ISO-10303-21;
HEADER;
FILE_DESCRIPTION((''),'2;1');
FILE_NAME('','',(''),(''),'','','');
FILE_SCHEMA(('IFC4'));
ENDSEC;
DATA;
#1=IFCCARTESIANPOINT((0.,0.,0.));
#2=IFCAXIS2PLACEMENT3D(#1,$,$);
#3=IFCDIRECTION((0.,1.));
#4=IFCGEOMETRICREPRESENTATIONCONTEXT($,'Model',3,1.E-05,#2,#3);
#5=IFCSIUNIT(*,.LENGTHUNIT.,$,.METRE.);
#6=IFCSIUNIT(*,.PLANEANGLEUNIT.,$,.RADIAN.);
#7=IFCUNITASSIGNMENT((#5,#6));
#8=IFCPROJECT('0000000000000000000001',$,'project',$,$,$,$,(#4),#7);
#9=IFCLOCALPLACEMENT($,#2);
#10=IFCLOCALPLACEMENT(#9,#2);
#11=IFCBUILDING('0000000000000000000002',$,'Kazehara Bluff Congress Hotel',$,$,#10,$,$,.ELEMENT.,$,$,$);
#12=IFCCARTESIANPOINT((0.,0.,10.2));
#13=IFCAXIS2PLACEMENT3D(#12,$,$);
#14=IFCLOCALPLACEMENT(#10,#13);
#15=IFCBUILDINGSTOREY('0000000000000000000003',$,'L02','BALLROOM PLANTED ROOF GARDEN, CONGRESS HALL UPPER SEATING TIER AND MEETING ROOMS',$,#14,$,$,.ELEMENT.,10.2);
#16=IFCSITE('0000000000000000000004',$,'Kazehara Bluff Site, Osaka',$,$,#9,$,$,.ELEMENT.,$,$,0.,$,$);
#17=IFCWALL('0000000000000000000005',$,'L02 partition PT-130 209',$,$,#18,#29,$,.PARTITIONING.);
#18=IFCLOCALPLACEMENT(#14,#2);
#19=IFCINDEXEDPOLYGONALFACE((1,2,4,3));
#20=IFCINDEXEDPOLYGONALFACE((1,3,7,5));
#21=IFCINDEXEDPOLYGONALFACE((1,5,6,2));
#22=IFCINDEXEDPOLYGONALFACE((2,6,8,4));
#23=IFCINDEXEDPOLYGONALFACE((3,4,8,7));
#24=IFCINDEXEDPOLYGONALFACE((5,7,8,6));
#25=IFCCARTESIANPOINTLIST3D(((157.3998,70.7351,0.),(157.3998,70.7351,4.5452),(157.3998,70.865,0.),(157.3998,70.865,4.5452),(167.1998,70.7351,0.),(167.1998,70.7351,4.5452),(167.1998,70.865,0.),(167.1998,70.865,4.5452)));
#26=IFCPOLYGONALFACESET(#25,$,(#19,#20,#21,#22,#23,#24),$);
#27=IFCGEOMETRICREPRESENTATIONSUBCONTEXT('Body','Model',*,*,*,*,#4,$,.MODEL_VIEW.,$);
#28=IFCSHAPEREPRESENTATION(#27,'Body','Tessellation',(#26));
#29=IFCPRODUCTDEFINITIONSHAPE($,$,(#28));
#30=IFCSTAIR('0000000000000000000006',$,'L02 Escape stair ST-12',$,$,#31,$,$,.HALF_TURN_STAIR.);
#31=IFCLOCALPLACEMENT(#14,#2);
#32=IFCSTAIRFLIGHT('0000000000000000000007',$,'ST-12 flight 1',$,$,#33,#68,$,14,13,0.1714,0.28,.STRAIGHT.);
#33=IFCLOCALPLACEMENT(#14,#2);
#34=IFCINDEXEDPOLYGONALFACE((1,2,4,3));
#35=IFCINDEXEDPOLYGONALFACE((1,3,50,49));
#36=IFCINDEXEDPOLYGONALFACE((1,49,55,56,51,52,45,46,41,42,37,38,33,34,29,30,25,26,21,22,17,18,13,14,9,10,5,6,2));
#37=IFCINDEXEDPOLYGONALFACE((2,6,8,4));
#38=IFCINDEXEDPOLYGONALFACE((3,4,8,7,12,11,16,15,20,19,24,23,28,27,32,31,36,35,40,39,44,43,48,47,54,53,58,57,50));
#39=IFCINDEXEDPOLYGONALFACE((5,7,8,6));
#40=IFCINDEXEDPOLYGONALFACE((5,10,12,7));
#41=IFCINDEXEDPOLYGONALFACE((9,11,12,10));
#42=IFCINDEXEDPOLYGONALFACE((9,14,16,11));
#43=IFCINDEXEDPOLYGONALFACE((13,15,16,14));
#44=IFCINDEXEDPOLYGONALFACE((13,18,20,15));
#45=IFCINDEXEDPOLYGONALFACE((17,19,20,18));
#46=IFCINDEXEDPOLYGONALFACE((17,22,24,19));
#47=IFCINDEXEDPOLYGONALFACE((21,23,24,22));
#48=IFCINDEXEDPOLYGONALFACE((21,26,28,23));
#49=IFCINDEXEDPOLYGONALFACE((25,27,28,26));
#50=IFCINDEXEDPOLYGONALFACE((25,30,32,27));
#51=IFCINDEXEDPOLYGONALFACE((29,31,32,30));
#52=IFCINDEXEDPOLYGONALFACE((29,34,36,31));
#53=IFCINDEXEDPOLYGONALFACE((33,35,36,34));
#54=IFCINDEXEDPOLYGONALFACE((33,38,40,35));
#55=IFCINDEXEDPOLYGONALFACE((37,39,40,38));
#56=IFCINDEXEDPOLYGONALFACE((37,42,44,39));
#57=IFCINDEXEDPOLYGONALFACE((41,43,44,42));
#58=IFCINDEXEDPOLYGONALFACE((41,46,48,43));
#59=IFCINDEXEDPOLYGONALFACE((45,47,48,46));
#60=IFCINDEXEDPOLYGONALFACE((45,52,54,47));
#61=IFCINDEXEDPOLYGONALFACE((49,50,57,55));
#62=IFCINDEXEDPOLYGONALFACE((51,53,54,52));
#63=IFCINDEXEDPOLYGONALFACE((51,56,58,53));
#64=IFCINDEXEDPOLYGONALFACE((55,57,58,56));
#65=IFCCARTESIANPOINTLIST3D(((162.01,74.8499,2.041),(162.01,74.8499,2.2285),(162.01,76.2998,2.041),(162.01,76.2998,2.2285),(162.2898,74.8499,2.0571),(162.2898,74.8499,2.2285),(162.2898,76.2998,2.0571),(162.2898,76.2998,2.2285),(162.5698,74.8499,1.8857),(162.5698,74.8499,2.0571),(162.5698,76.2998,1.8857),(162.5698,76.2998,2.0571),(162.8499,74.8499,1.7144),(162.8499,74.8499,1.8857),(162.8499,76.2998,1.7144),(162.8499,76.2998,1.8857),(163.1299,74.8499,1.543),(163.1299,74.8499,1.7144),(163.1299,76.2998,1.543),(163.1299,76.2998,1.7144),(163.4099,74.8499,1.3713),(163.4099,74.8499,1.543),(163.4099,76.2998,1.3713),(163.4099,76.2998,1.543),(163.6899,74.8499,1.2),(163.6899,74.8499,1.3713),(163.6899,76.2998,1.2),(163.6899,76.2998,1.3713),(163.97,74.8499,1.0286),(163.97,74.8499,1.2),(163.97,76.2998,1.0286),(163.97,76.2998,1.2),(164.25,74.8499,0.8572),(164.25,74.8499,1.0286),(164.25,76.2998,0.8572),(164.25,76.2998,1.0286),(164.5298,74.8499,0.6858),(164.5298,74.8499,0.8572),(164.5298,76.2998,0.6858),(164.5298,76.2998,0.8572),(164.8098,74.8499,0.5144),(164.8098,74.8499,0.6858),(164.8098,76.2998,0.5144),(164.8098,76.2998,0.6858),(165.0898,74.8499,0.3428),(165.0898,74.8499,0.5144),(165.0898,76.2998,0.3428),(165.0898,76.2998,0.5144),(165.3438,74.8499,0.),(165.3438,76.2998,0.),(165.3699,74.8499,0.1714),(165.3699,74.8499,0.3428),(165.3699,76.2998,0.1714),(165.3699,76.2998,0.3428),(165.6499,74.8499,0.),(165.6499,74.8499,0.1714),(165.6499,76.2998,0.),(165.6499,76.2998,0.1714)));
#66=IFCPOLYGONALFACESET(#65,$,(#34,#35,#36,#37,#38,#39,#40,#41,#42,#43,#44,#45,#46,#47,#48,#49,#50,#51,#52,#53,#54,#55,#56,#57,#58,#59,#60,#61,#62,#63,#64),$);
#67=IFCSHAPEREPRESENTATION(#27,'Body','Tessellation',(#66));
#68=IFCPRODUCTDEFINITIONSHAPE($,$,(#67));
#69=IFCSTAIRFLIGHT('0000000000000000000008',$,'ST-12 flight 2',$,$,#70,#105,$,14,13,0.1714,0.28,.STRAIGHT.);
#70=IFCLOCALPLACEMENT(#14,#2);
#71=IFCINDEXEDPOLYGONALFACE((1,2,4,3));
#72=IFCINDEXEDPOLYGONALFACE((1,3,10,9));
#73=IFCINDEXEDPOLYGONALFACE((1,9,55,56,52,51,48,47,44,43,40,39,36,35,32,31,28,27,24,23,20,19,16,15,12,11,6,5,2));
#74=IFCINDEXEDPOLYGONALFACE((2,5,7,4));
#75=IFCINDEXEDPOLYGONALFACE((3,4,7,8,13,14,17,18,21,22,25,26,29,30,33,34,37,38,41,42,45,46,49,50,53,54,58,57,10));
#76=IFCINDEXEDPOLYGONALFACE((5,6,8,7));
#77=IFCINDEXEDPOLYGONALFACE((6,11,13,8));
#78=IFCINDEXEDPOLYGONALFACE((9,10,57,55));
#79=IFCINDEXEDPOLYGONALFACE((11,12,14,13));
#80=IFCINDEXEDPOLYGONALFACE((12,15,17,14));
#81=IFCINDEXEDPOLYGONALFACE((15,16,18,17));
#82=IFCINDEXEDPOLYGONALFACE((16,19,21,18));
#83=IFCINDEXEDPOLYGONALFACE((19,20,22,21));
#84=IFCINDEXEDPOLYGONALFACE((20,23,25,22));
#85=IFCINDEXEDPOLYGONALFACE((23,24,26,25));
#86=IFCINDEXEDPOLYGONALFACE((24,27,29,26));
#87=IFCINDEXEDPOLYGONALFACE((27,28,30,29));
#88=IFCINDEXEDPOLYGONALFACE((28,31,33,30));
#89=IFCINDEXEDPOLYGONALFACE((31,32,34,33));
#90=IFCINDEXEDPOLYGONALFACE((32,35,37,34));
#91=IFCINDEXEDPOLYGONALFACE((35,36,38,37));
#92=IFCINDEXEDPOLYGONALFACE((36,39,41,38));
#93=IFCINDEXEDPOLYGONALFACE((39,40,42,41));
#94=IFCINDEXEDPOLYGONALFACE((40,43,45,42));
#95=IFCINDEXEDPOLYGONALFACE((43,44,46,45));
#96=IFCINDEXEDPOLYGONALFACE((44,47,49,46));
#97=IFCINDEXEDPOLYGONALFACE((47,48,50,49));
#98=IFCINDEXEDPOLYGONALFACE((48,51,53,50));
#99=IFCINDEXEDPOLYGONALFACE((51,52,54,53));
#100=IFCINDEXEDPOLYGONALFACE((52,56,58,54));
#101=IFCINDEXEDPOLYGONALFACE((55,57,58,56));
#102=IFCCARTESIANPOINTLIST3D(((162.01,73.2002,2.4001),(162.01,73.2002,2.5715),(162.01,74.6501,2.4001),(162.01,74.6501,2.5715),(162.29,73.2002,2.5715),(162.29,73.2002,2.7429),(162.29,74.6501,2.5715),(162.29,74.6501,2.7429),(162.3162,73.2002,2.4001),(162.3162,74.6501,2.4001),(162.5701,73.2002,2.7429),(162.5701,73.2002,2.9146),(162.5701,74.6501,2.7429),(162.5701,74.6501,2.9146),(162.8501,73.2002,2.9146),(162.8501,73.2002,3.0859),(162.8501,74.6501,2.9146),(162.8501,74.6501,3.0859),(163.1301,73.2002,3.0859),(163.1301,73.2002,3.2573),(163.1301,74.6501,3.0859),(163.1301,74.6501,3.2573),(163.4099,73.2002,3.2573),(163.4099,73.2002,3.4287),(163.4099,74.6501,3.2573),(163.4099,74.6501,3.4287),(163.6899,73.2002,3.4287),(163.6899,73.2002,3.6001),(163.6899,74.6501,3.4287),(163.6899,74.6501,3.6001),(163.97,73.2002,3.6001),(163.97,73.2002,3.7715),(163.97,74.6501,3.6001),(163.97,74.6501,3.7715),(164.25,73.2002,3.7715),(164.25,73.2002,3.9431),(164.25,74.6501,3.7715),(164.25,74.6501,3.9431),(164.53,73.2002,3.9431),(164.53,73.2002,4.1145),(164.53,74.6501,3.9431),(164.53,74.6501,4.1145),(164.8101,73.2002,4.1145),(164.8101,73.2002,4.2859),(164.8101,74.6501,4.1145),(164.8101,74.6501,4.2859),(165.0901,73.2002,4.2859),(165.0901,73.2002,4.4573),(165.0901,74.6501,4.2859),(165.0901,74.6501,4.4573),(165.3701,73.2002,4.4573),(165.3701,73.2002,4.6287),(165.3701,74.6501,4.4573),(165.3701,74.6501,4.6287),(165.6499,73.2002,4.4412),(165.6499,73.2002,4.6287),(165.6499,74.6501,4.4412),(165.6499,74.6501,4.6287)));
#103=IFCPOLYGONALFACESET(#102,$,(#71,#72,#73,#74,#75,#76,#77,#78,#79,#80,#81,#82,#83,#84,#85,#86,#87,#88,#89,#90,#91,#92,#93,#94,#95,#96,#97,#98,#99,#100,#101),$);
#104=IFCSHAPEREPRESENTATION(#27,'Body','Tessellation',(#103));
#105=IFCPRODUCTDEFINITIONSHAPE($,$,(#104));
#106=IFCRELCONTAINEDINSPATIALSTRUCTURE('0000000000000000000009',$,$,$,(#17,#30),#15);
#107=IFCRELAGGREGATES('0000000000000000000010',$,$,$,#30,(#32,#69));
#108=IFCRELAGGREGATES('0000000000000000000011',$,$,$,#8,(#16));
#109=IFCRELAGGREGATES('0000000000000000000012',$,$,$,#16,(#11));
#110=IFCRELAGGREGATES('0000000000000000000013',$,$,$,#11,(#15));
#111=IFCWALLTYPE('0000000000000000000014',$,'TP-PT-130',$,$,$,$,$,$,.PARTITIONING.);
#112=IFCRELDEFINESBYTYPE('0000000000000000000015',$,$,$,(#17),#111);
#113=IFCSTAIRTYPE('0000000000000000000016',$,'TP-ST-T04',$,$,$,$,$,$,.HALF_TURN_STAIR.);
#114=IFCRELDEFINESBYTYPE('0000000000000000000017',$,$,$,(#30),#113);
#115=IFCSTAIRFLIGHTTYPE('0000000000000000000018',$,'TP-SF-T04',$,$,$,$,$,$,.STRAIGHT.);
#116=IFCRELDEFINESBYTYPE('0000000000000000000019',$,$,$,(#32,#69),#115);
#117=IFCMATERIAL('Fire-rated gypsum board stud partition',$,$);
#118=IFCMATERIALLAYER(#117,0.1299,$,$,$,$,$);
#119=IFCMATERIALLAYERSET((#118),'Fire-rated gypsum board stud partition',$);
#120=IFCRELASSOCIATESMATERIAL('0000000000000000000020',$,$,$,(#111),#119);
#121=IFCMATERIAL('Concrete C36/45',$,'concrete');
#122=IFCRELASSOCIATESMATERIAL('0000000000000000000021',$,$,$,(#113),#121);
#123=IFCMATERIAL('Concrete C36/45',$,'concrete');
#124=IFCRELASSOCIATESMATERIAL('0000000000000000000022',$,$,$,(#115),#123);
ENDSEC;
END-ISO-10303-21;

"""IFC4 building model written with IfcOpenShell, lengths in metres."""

from ifc_helpers import new_model, si_unit, direction, frame, frame_2d, origin, place, context, subcontext, project, spatial, polyline, rectangle, outline, extrude, material, layer, layer_set, type_object, element, aggregate, save


model = new_model("IFC4")

# Units and contexts
model_context = context("Model", 3, precision=1e-05, world=origin(), true_north=direction((0.0, 1.0)))
body_context = subcontext(model_context, "Body", "Model", "MODEL_VIEW")
ifc_project = project(units=[si_unit("LENGTHUNIT", "METRE"), si_unit("PLANEANGLEUNIT", "RADIAN")], contexts=[model_context])

# Site, building, storey
site_placement = place(None, origin())
site = spatial("IfcSite", under=ifc_project, at=site_placement, Name="Kazehara Bluff Site, Osaka", CompositionType="ELEMENT", RefElevation=0.0)
building_placement = place(site_placement, origin())
building = spatial("IfcBuilding", under=site, at=building_placement, Name="Kazehara Bluff Congress Hotel", CompositionType="ELEMENT")
storey_placement = place(building_placement, frame((0.0, 0.0, 10.2)))
storey = spatial("IfcBuildingStorey", under=building, at=storey_placement, Name="L02", Description="BALLROOM PLANTED ROOF GARDEN, CONGRESS HALL UPPER SEATING TIER AND MEETING ROOMS", CompositionType="ELEMENT", Elevation=10.2)

# Wall
ifc_material_1 = material(Name="Fire-rated gypsum board stud partition")
ifc_layer_1 = layer(ifc_material_1, 0.1299)
ifc_layer_set_1 = layer_set([ifc_layer_1], Name="Fire-rated gypsum board stud partition")
wall_type_1 = type_object("IfcWallType", Name="TP-PT-130", PredefinedType="PARTITIONING", material=ifc_layer_set_1)
wall_1_placement = place(storey_placement, frame((157.3999, 70.8, 0.0), z_axis=(0.0, 0.0, 1.0), x_axis=(1.0, 0.0, 0.0)))
element("IfcWall", 1, at=wall_1_placement, inside=storey, type_object=wall_type_1, Name="L02 partition PT-130 209", PredefinedType="PARTITIONING", context=body_context, shape_type="SweptSolid", body=[
    extrude(rectangle(XDim=9.8, YDim=0.1299, at=frame_2d((4.8999, 0.0))), origin(), (0.0, 0.0, 1.0), 4.5452),
])

# Stair, stair flights
ifc_material_2 = material(Name="Concrete C36/45", Category="concrete")
stair_type = type_object("IfcStairType", Name="TP-ST-T04", PredefinedType="HALF_TURN_STAIR", material=ifc_material_2)
stair_placement = place(storey_placement, origin())
stair = element("IfcStair", 2, at=stair_placement, inside=storey, type_object=stair_type, Name="L02 Escape stair ST-12", PredefinedType="HALF_TURN_STAIR")
ifc_material_3 = material(Name="Concrete C36/45", Category="concrete")
stair_flight_type = type_object("IfcStairFlightType", Name="TP-SF-T04", PredefinedType="STRAIGHT", material=ifc_material_3)
stair_flight_1_placement = place(storey_placement, frame((165.6499, 75.575, 0.0), z_axis=(0.0, 0.0, 1.0), x_axis=(-1.0, 0.0, 0.0)))
stair_flight_1 = element("IfcStairFlight", 3, at=stair_flight_1_placement, type_object=stair_flight_type, Name="ST-12 flight 1", NumberOfRisers=14, NumberOfTreads=13, PredefinedType="STRAIGHT", RiserHeight=0.1714, TreadLength=0.28, context=body_context, shape_type="SweptSolid", body=[
    extrude(outline(polyline([(0.0, 0.0), (0.0, 0.1714), (0.28, 0.1714), (0.28, 0.3428), (0.5601, 0.3428), (0.5601, 0.5144), (0.8401, 0.5144), (0.8401, 0.6858), (1.1201, 0.6858), (1.1201, 0.8572), (1.3999, 0.8572), (1.3999, 1.0286), (1.6799, 1.0286), (1.6799, 1.2), (1.96, 1.2), (1.96, 1.3713), (2.24, 1.3713), (2.24, 1.543), (2.52, 1.543), (2.52, 1.7144), (2.8, 1.7144), (2.8, 1.8857), (3.0801, 1.8857), (3.0801, 2.0571), (3.3601, 2.0571), (3.3601, 2.2285), (3.6399, 2.2285), (3.6399, 2.3999), (3.6399, 2.041), (0.3062, 0.0), (0.0, 0.0)])), frame((0.0, 0.7251, 0.0), z_axis=(0.0, -1.0, 0.0), x_axis=(1.0, 0.0, 0.0)), (0.0, 0.0, 1.0), 1.45),
])
stair_flight_2_placement = place(storey_placement, frame((162.01, 73.925, 2.4001), z_axis=(0.0, 0.0, 1.0), x_axis=(1.0, 0.0, 0.0)))
stair_flight_2 = element("IfcStairFlight", 4, at=stair_flight_2_placement, type_object=stair_flight_type, Name="ST-12 flight 2", NumberOfRisers=14, NumberOfTreads=13, PredefinedType="STRAIGHT", RiserHeight=0.1714, TreadLength=0.28, context=body_context, shape_type="SweptSolid", body=[
    extrude(outline(polyline([(0.0, 0.0), (0.0, 0.1714), (0.28, 0.1714), (0.28, 0.3428), (0.5601, 0.3428), (0.5601, 0.5144), (0.8401, 0.5144), (0.8401, 0.6858), (1.1201, 0.6858), (1.1201, 0.8572), (1.3999, 0.8572), (1.3999, 1.0286), (1.6799, 1.0286), (1.6799, 1.2), (1.96, 1.2), (1.96, 1.3713), (2.24, 1.3713), (2.24, 1.543), (2.52, 1.543), (2.52, 1.7144), (2.8, 1.7144), (2.8, 1.8857), (3.0801, 1.8857), (3.0801, 2.0571), (3.3601, 2.0571), (3.3601, 2.2285), (3.6399, 2.2285), (3.6399, 2.3999), (3.6399, 2.041), (0.3062, 0.0), (0.0, 0.0)])), frame((0.0, 0.7251, 0.0), z_axis=(0.0, -1.0, 0.0), x_axis=(1.0, 0.0, 0.0)), (0.0, 0.0, 1.0), 1.45),
])
aggregate(stair, [stair_flight_1, stair_flight_2])

save(model, "model.ifc")
